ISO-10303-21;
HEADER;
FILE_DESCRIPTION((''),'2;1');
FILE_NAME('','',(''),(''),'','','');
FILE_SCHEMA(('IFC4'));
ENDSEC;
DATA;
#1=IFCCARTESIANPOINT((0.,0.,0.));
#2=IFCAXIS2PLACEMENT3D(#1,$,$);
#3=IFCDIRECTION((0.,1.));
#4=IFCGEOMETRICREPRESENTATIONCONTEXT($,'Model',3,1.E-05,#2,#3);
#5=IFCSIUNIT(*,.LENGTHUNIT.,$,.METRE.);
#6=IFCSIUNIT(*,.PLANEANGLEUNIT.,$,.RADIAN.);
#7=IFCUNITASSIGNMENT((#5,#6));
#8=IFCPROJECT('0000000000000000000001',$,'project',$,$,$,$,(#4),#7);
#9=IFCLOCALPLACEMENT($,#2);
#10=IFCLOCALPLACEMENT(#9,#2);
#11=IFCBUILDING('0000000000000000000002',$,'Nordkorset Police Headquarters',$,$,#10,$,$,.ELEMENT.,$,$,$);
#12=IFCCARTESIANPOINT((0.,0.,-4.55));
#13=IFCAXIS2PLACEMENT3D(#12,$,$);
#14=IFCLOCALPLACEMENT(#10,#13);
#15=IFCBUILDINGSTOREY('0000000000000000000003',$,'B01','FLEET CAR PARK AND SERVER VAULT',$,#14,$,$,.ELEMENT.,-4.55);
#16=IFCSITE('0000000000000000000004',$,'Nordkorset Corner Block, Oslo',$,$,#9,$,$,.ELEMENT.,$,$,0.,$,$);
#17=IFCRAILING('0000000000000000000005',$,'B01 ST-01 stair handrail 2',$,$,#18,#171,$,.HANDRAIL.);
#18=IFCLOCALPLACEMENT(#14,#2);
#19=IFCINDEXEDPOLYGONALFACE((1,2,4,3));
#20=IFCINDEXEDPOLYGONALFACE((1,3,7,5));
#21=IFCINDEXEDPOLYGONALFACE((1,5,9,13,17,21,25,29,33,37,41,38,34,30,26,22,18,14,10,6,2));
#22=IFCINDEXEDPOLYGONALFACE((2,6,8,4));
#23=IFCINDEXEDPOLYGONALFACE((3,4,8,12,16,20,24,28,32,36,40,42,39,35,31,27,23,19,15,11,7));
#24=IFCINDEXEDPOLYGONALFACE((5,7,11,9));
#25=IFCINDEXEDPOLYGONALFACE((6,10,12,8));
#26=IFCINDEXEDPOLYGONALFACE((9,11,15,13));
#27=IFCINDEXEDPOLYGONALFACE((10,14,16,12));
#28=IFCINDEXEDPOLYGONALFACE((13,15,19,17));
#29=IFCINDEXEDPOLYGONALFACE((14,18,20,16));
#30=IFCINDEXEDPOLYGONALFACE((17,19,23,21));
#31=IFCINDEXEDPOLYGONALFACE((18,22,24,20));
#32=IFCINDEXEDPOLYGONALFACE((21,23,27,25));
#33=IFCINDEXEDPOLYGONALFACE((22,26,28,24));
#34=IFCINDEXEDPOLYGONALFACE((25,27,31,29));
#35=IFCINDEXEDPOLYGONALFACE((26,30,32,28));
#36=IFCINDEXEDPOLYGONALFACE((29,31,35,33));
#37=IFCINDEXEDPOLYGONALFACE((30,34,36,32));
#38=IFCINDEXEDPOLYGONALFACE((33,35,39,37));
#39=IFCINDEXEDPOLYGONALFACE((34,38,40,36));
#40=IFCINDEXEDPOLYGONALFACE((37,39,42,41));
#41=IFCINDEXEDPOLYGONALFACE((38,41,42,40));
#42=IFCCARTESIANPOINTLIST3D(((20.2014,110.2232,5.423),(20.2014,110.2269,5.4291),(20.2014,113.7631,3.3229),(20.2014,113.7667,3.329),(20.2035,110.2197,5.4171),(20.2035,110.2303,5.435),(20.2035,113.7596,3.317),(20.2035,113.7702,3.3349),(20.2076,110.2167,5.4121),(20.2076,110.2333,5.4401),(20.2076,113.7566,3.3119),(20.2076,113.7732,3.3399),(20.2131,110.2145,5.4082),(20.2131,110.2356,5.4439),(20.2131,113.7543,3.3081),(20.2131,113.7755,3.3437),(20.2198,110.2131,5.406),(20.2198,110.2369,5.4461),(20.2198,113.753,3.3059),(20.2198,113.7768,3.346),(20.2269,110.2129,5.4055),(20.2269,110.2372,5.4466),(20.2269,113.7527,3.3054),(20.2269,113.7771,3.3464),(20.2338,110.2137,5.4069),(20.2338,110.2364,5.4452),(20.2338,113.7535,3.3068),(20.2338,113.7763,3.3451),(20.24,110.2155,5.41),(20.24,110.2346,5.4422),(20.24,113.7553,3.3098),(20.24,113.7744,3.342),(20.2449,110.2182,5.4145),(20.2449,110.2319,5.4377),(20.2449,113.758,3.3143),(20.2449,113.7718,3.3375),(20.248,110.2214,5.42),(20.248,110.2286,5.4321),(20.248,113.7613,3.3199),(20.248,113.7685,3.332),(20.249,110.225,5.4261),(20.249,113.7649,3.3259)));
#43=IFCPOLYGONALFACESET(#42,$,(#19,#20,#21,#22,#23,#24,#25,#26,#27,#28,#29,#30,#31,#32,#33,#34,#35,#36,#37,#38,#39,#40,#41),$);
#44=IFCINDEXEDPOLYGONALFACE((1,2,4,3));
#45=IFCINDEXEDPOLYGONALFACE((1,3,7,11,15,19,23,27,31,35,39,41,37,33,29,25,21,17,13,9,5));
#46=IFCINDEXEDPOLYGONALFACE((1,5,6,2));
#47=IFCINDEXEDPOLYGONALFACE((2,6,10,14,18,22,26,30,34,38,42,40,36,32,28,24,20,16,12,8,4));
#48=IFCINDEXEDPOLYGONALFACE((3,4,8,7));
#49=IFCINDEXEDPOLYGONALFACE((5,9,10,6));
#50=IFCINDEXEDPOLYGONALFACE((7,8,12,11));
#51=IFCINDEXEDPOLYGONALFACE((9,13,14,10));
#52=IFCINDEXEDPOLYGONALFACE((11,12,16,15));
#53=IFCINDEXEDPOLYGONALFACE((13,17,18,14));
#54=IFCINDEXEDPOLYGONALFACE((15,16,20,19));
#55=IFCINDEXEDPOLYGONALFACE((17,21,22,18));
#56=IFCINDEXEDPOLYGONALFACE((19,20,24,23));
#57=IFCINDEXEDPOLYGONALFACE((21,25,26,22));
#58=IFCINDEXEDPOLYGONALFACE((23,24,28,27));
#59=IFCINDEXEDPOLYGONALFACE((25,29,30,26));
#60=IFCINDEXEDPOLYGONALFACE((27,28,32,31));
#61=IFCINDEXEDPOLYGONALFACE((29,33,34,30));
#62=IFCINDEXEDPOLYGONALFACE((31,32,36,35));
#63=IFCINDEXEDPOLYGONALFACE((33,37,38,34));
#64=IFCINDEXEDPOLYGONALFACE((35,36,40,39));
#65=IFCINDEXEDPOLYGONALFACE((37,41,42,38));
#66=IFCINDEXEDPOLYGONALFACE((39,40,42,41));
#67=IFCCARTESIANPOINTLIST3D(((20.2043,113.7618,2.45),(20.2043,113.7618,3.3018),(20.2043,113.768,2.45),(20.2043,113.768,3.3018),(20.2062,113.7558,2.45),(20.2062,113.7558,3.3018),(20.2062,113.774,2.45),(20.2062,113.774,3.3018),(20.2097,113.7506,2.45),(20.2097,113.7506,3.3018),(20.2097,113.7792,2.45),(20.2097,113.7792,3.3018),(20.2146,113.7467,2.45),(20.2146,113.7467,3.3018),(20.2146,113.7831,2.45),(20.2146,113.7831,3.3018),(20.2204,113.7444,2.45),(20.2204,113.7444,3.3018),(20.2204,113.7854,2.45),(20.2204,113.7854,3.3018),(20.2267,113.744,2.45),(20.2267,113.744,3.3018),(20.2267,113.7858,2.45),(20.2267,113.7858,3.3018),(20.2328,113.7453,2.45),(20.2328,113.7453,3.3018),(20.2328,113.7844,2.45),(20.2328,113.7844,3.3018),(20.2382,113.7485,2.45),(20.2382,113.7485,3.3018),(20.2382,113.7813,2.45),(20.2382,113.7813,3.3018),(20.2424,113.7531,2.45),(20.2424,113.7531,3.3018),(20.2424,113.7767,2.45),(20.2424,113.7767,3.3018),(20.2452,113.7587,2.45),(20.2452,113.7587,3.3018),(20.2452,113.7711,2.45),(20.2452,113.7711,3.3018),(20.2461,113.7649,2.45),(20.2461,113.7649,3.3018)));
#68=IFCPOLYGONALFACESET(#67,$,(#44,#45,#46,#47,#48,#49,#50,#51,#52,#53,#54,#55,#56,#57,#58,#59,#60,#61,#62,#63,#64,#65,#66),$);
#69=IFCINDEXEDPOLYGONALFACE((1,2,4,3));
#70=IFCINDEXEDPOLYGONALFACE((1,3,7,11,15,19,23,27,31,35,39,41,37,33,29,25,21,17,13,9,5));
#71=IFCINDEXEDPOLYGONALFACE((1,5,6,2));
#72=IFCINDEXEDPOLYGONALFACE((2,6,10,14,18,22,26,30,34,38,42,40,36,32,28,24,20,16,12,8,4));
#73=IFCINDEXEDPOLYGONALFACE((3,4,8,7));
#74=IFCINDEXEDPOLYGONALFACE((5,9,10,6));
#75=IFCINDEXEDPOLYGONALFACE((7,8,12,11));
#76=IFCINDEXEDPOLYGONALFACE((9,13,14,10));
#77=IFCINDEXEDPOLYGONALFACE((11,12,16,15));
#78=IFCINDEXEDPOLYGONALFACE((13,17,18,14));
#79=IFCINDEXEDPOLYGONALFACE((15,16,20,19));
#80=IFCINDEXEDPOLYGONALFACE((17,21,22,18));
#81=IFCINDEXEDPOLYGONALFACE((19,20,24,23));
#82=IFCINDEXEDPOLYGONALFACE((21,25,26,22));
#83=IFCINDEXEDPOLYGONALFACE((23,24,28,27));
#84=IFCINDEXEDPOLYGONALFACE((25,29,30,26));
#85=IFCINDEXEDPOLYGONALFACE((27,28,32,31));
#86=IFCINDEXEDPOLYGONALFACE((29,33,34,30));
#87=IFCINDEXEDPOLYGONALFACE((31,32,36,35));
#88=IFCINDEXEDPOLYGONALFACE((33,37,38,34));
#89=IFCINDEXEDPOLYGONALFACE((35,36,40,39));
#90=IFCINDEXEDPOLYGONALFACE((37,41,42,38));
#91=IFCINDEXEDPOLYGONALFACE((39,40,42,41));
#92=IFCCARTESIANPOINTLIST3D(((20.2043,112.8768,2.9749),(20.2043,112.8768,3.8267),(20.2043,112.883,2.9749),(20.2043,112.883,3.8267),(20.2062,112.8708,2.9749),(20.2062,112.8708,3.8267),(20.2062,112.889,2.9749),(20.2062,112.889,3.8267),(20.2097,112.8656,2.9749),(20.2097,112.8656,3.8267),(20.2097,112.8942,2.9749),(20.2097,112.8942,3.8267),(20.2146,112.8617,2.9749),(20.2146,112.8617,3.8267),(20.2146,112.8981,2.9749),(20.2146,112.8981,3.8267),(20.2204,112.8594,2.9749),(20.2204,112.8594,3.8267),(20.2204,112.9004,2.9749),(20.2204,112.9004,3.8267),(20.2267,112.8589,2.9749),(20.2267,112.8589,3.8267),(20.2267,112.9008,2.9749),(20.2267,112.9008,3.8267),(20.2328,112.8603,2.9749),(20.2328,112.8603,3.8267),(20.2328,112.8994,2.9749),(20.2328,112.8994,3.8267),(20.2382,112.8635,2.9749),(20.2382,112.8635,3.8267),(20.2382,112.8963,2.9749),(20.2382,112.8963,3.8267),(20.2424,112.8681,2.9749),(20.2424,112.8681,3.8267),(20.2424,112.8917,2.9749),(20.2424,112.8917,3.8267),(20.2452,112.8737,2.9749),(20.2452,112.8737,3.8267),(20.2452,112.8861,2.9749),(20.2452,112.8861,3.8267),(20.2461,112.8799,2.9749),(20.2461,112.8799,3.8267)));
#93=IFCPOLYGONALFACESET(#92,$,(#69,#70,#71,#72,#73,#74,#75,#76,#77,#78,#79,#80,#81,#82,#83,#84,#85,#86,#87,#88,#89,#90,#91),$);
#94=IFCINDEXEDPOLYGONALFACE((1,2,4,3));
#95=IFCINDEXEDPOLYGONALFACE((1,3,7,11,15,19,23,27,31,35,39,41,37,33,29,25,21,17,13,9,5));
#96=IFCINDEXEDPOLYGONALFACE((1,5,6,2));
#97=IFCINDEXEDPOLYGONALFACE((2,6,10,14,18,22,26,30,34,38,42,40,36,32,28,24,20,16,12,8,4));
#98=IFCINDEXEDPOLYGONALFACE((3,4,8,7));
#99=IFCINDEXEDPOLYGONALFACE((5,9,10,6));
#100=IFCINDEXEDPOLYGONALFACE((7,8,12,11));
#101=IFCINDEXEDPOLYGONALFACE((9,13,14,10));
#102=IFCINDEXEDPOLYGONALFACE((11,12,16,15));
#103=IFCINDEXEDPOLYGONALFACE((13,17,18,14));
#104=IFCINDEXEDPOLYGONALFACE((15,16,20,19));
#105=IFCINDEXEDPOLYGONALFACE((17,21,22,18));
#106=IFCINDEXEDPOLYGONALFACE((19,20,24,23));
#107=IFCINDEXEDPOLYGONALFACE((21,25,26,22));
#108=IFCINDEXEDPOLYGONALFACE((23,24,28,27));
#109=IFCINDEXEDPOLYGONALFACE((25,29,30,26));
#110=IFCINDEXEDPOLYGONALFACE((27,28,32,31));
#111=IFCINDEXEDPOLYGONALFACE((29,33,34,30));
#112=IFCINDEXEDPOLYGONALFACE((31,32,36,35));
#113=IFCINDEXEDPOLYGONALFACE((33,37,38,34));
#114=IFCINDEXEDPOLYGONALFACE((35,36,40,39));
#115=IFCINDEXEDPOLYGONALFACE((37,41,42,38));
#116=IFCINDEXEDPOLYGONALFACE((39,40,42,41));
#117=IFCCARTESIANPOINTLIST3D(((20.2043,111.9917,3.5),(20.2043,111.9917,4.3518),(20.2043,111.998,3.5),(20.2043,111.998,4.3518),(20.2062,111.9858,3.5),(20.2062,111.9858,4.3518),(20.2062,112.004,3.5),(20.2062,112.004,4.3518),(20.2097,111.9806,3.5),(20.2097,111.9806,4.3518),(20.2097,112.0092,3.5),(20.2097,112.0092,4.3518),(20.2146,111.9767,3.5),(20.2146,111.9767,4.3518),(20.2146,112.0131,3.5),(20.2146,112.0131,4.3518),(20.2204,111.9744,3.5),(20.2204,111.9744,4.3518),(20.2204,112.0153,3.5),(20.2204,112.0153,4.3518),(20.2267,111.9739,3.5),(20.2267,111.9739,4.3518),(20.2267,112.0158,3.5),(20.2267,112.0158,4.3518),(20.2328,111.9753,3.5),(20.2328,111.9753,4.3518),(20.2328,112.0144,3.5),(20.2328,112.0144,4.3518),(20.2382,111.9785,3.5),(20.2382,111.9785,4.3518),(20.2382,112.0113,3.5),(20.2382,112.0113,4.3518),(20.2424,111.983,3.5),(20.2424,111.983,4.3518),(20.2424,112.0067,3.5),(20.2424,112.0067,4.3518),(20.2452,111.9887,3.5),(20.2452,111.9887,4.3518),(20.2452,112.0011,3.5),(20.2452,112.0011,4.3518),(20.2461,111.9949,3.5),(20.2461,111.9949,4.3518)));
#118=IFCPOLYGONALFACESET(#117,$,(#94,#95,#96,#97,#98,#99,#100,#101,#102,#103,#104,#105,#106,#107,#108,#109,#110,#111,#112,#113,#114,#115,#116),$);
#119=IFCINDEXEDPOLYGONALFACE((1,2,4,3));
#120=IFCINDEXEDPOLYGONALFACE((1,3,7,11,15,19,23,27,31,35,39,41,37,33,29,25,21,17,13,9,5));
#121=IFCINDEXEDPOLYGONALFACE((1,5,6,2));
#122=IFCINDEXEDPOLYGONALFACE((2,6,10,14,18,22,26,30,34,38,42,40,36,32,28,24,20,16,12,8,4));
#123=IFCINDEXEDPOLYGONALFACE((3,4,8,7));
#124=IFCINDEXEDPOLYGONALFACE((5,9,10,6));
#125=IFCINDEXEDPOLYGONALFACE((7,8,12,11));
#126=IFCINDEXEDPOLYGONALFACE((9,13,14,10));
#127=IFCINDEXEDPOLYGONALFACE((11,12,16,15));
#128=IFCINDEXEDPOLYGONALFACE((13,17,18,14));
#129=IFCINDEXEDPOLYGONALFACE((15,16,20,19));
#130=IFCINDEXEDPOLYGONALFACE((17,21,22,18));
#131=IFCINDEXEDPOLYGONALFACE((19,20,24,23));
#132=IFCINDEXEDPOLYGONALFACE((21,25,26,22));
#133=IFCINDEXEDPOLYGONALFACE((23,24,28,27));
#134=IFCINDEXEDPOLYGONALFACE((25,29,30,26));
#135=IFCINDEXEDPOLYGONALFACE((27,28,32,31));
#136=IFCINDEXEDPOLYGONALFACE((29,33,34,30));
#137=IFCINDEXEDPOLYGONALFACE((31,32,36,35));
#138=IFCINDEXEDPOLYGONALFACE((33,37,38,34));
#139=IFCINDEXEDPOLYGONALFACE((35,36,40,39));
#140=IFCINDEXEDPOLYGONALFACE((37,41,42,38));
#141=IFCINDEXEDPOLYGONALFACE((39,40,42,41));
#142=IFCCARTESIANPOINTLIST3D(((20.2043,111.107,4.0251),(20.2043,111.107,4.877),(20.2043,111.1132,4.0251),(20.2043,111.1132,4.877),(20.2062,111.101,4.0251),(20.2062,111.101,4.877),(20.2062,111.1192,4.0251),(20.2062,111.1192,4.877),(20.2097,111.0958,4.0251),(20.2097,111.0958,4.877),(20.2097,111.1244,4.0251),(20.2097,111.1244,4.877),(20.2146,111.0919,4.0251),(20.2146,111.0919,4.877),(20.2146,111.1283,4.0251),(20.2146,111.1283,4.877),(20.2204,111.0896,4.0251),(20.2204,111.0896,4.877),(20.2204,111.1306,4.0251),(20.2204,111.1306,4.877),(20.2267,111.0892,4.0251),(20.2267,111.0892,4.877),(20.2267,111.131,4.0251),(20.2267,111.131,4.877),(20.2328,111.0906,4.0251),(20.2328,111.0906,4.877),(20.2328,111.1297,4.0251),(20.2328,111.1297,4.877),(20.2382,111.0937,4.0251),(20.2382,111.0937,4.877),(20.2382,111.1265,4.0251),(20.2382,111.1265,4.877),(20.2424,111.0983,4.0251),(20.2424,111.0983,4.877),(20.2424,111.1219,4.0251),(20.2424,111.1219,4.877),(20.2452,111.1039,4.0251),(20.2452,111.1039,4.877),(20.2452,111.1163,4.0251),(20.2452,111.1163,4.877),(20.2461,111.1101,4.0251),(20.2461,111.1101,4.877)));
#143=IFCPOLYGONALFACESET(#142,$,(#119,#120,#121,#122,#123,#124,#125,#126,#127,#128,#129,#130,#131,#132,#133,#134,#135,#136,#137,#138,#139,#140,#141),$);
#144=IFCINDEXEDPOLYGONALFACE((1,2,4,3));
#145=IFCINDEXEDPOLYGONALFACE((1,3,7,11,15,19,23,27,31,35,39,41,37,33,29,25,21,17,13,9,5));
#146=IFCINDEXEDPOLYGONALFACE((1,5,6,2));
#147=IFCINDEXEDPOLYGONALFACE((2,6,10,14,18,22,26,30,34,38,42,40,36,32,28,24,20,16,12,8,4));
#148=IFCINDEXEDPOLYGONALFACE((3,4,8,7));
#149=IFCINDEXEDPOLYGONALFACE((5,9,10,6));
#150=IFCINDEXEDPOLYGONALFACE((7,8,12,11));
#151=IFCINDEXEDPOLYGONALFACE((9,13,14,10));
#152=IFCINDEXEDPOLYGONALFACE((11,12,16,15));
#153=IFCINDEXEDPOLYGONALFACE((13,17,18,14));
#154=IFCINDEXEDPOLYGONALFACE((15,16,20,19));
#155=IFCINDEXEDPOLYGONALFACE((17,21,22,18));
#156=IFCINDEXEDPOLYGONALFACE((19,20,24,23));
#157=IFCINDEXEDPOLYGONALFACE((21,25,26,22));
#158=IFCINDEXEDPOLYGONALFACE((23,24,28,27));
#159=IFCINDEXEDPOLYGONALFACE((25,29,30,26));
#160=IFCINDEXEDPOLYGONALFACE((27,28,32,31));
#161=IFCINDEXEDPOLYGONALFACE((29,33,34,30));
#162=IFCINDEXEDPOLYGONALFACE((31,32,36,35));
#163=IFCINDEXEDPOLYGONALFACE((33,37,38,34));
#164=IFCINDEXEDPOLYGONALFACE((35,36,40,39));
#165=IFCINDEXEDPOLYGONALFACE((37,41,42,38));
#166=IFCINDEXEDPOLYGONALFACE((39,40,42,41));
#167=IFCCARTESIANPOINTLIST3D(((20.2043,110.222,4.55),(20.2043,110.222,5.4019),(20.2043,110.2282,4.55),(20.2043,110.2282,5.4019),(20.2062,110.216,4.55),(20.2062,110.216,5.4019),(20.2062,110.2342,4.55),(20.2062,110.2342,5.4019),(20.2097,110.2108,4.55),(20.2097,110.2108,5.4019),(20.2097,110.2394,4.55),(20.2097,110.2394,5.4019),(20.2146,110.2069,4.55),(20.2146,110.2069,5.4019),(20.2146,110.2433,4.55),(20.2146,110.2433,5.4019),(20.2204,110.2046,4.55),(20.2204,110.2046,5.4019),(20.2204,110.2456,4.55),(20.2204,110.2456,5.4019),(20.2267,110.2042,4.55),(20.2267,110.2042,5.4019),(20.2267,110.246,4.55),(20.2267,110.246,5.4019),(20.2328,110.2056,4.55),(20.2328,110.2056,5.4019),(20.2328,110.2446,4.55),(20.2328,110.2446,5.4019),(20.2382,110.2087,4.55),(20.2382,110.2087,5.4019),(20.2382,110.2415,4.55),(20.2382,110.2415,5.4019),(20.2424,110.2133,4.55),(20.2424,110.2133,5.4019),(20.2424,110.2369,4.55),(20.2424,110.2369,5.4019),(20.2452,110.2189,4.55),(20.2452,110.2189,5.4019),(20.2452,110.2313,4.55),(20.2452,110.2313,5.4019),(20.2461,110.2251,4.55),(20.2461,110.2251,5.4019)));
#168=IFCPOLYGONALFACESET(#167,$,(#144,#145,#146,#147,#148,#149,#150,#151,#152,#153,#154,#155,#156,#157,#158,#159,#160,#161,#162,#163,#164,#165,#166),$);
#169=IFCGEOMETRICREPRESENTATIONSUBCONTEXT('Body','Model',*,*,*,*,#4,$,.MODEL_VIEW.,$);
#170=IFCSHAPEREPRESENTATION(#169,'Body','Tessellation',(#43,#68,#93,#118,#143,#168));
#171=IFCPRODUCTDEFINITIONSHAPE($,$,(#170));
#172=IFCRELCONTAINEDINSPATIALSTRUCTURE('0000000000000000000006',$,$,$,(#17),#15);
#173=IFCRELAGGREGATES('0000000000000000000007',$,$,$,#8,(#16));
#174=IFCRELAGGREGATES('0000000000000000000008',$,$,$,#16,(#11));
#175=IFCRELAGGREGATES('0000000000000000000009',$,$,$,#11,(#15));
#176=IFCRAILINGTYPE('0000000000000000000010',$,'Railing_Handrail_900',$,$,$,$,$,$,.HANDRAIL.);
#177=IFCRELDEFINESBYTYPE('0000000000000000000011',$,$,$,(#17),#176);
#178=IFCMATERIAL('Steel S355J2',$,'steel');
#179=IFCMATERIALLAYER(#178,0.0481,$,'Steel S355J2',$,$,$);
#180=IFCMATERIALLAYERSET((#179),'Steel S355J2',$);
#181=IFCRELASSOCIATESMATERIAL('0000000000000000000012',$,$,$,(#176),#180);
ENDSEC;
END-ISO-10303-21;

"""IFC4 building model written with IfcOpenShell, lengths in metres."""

from ifc_helpers import new_model, si_unit, direction, frame, origin, origin_2d, place, context, subcontext, project, spatial, circle, extrude, material, layer, layer_set, type_object, element, save


model = new_model("IFC4")

# Units and contexts
model_context = context("Model", 3, precision=1e-05, world=origin(), true_north=direction((0.0, 1.0)))
body_context = subcontext(model_context, "Body", "Model", "MODEL_VIEW")
ifc_project = project(units=[si_unit("LENGTHUNIT", "METRE"), si_unit("PLANEANGLEUNIT", "RADIAN")], contexts=[model_context])

# Site, building, storey
site_placement = place(None, origin())
site = spatial("IfcSite", under=ifc_project, at=site_placement, Name="Nordkorset Corner Block, Oslo", CompositionType="ELEMENT", RefElevation=0.0)
building_placement = place(site_placement, origin())
building = spatial("IfcBuilding", under=site, at=building_placement, Name="Nordkorset Police Headquarters", CompositionType="ELEMENT")
storey_placement = place(building_placement, frame((0.0, 0.0, -4.55)))
storey = spatial("IfcBuildingStorey", under=building, at=storey_placement, Name="B01", Description="FLEET CAR PARK AND SERVER VAULT", CompositionType="ELEMENT", Elevation=-4.55)

# Railing
ifc_material_1 = material(Name="Steel S355J2", Category="steel")
ifc_layer_1 = layer(ifc_material_1, 0.0481, Name="Steel S355J2")
ifc_layer_set_1 = layer_set([ifc_layer_1], Name="Steel S355J2")
railing_type_1 = type_object("IfcRailingType", Name="Railing_Handrail_900", PredefinedType="HANDRAIL", material=ifc_layer_set_1)
railing_1_placement = place(storey_placement, frame((20.2251, 113.7649, 2.45)))
element("IfcRailing", 1, at=railing_1_placement, inside=storey, type_object=railing_type_1, Name="B01 ST-01 stair handrail 2", PredefinedType="HANDRAIL", context=body_context, shape_type="SweptSolid", body=[
    extrude(circle(Radius=0.0239, at=origin_2d()), frame((0.0, 0.0, 0.876), z_axis=(0.0, -0.860031, 0.510241), x_axis=(1.0, 0.0, 0.0)), (0.0, 0.0, 1.0), 4.116),
    extrude(circle(Radius=0.021, at=origin_2d()), origin(), (0.0, 0.0, 1.0), 0.8518),
    extrude(circle(Radius=0.021, at=origin_2d()), frame((0.0, -0.885, 0.5249)), (0.0, 0.0, 1.0), 0.8518),
    extrude(circle(Radius=0.021, at=origin_2d()), frame((0.0, -1.77, 1.05)), (0.0, 0.0, 1.0), 0.8518),
    extrude(circle(Radius=0.021, at=origin_2d()), frame((0.0, -2.6548, 1.5752)), (0.0, 0.0, 1.0), 0.8518),
    extrude(circle(Radius=0.021, at=origin_2d()), frame((0.0, -3.5398, 2.1001)), (0.0, 0.0, 1.0), 0.8518),
])

save(model, "model.ifc")
